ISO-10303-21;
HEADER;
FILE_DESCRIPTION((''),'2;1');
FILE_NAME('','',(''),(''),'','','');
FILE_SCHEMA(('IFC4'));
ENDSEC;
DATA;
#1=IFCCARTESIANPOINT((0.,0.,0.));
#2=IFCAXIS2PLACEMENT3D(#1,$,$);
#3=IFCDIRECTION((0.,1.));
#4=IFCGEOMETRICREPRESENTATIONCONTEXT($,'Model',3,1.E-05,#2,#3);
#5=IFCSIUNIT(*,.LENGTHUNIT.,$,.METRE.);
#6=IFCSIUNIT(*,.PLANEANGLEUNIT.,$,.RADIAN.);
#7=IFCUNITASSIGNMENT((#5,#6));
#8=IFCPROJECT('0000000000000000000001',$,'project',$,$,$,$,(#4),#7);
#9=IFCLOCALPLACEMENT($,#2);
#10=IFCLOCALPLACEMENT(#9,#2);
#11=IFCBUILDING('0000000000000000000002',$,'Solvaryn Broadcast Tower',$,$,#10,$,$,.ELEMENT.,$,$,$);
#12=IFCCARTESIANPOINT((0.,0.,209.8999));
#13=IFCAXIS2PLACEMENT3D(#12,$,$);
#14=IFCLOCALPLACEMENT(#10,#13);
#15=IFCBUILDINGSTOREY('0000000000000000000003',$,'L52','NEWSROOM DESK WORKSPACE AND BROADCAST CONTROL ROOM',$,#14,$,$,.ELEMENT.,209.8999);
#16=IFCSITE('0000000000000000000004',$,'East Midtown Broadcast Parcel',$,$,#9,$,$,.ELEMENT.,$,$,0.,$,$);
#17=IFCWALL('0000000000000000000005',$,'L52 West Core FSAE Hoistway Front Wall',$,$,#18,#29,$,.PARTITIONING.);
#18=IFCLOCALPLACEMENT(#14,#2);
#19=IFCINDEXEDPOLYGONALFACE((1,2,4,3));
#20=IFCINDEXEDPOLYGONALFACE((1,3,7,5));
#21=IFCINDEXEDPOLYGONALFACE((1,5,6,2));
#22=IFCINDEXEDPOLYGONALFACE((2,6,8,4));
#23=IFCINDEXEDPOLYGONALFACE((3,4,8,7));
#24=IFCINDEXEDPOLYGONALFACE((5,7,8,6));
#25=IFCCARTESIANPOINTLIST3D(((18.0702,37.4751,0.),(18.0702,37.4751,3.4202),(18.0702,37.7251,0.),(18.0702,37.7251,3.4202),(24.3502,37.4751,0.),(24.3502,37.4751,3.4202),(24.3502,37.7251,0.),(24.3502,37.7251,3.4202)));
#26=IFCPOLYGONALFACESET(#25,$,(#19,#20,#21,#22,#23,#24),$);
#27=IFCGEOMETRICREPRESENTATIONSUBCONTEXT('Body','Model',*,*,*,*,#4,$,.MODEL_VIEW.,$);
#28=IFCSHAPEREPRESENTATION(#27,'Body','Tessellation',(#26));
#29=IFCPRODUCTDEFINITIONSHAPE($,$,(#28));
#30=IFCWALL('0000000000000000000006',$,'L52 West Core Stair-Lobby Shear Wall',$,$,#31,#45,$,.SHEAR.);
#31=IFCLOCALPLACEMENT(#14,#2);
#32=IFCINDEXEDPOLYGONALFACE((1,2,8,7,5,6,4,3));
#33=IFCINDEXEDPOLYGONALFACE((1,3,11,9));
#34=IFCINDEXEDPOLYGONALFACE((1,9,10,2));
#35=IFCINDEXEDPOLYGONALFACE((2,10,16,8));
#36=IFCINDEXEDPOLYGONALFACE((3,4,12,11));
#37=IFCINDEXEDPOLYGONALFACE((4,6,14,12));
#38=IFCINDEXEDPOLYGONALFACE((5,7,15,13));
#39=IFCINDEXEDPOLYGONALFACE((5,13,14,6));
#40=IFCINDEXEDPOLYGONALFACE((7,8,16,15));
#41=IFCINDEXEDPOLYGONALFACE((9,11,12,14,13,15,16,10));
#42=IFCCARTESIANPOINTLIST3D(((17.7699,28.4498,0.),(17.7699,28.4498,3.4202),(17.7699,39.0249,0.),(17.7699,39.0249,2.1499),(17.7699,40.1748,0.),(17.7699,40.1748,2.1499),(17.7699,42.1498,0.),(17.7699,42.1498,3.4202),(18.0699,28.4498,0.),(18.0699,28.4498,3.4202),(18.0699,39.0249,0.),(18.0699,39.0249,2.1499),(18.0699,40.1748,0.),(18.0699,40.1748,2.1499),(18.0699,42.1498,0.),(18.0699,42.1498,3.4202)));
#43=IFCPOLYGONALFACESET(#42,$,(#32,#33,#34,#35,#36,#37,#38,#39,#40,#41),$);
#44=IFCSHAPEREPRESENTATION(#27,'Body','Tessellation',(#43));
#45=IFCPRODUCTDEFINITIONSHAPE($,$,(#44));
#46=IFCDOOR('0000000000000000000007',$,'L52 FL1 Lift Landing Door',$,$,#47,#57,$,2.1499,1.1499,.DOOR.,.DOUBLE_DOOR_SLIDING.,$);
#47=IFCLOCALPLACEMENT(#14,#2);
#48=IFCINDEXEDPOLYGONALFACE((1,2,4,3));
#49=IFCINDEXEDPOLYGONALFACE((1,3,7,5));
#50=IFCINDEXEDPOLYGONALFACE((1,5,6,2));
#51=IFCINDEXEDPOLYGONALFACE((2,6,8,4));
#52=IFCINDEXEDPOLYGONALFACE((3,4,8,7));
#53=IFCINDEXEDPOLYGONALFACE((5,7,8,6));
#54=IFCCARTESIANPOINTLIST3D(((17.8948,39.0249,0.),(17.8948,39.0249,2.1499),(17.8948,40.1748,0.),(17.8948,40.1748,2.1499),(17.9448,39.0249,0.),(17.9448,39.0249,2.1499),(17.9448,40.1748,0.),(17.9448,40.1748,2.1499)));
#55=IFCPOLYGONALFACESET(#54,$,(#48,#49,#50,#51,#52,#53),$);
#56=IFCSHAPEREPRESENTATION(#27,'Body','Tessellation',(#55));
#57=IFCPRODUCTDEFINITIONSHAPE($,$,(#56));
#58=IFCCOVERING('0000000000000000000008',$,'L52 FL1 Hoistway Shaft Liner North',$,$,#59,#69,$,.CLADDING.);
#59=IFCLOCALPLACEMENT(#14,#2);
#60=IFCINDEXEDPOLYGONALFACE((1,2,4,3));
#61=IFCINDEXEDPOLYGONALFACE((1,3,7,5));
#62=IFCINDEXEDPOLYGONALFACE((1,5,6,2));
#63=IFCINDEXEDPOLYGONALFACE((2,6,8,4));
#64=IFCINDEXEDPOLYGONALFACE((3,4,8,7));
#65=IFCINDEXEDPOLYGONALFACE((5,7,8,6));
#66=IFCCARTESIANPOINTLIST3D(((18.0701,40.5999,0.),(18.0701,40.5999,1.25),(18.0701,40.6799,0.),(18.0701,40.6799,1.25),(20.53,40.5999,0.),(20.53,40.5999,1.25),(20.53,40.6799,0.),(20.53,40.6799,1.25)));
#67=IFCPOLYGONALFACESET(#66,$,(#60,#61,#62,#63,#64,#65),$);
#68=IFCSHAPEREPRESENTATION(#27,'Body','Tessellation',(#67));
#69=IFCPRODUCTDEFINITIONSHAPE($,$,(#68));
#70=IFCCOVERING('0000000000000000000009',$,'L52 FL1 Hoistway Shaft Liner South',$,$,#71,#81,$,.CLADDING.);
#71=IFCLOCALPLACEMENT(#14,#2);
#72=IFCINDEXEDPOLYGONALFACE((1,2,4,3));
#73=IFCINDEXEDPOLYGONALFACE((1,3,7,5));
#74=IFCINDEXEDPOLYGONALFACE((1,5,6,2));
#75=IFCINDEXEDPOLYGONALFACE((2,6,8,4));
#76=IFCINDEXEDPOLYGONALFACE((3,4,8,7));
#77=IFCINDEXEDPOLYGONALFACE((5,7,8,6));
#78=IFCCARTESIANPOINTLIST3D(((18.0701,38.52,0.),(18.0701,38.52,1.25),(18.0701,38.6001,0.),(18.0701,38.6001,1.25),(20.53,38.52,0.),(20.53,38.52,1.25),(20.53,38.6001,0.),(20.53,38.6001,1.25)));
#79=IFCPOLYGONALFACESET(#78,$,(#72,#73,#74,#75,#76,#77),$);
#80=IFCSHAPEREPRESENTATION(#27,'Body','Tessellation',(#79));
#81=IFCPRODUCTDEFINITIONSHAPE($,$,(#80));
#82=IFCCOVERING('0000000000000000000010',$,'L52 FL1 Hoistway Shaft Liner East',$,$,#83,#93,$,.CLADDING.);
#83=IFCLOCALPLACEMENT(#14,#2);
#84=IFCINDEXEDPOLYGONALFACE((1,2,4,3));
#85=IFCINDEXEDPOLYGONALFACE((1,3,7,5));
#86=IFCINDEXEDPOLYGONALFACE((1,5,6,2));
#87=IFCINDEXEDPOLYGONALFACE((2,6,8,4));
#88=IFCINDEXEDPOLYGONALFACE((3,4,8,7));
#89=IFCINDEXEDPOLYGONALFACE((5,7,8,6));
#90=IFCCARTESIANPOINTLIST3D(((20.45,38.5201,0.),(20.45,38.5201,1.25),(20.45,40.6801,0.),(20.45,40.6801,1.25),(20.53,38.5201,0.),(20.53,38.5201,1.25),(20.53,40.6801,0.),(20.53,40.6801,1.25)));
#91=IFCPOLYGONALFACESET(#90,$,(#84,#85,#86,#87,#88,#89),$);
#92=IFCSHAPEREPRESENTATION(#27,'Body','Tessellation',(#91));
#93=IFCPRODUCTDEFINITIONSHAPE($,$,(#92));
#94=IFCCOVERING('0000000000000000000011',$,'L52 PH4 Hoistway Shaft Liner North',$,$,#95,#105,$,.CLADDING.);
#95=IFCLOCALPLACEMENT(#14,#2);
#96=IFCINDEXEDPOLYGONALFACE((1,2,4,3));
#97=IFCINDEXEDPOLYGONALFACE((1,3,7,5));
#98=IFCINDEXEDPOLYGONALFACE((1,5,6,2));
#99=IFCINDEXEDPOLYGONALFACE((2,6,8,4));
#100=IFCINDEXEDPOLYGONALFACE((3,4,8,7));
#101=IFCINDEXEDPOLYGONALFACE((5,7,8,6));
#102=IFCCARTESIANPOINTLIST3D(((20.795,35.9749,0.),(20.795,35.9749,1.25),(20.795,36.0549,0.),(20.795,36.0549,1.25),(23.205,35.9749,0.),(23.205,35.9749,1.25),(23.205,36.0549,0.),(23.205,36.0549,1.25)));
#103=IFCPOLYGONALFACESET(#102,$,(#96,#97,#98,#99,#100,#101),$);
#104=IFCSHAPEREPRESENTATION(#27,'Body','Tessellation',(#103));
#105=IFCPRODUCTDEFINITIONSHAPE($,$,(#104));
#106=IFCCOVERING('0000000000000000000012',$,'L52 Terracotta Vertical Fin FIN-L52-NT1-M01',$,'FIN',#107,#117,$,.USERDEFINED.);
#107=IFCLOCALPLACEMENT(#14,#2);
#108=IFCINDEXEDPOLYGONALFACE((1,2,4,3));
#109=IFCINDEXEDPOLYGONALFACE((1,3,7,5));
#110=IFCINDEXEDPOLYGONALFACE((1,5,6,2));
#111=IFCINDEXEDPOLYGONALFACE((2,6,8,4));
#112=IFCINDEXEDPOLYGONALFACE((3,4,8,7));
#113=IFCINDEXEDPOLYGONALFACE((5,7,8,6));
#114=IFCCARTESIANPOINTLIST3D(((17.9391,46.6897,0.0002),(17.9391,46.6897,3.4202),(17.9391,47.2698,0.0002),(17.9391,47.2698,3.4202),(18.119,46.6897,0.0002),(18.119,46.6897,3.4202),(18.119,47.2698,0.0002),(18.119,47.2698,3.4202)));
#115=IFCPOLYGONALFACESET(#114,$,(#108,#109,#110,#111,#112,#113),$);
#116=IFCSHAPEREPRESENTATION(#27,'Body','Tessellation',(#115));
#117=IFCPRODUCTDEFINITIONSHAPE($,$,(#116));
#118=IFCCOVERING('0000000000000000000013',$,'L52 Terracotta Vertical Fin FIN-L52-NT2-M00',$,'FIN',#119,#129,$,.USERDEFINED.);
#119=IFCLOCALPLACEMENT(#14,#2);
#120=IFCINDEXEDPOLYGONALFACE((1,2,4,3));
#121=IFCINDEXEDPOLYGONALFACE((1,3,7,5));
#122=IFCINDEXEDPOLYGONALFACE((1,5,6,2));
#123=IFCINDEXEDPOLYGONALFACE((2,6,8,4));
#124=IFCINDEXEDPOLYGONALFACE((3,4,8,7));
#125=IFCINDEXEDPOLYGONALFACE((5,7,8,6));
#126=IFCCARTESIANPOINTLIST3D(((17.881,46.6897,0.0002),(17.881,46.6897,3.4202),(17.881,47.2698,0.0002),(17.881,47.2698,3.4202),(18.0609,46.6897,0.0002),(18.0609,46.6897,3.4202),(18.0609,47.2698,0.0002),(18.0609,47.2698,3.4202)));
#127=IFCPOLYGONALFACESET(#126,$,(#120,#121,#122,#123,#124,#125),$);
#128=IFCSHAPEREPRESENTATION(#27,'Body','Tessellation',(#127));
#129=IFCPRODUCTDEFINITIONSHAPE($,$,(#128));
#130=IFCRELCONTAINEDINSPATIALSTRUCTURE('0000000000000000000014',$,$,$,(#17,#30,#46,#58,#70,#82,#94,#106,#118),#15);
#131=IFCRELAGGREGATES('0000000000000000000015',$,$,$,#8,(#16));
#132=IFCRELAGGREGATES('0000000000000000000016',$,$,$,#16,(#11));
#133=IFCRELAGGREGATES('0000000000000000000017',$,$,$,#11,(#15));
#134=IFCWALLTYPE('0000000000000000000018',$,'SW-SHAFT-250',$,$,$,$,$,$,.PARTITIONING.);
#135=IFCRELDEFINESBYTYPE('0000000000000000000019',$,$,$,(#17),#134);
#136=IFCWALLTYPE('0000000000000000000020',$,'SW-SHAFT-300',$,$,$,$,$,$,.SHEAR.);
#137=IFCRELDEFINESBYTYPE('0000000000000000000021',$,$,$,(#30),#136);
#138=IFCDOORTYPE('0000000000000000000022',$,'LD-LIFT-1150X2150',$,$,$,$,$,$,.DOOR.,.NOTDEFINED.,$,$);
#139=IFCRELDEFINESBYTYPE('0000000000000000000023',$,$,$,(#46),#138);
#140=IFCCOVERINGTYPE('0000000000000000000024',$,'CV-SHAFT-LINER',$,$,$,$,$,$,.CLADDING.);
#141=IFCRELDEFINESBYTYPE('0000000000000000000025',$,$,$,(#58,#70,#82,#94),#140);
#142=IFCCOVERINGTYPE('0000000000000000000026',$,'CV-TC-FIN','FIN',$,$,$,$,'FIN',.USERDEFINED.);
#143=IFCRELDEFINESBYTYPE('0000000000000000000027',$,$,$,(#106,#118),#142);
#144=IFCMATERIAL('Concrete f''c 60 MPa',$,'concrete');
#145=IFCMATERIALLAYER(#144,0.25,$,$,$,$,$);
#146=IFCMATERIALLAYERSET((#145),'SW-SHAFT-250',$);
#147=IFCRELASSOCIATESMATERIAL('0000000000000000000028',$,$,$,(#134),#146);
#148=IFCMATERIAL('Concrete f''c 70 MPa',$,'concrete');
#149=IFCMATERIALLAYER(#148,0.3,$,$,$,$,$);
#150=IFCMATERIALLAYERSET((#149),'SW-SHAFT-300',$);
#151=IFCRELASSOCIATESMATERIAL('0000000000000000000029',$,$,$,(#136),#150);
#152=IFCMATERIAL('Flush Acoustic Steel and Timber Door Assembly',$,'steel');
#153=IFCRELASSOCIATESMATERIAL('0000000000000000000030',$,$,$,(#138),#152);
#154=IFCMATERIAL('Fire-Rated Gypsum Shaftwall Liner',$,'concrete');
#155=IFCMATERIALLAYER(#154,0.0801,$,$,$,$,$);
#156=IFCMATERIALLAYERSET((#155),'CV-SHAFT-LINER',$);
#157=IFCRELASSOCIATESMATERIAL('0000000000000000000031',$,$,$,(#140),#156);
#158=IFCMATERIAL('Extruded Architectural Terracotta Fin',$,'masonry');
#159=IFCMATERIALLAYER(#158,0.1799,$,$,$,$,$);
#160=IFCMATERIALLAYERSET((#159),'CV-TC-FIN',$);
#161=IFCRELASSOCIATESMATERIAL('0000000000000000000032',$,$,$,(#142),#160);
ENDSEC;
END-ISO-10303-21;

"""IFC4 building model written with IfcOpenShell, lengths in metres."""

from ifc_helpers import new_model, si_unit, direction, frame, frame_2d, origin, origin_2d, place, context, subcontext, project, spatial, rectangle, extrude, material, layer, layer_set, type_object, element, fill, save


model = new_model("IFC4")

# Units and contexts
model_context = context("Model", 3, precision=1e-05, world=origin(), true_north=direction((0.0, 1.0)))
body_context = subcontext(model_context, "Body", "Model", "MODEL_VIEW")
ifc_project = project(units=[si_unit("LENGTHUNIT", "METRE"), si_unit("PLANEANGLEUNIT", "RADIAN")], contexts=[model_context])

# Site, building, storey
site_placement = place(None, origin())
site = spatial("IfcSite", under=ifc_project, at=site_placement, Name="East Midtown Broadcast Parcel", CompositionType="ELEMENT", RefElevation=0.0)
building_placement = place(site_placement, origin())
building = spatial("IfcBuilding", under=site, at=building_placement, Name="Solvaryn Broadcast Tower", CompositionType="ELEMENT")
storey_placement = place(building_placement, frame((0.0, 0.0, 209.8999)))
storey = spatial("IfcBuildingStorey", under=building, at=storey_placement, Name="L52", Description="NEWSROOM DESK WORKSPACE AND BROADCAST CONTROL ROOM", CompositionType="ELEMENT", Elevation=209.8999)

# Wall
ifc_material_1 = material(Name="Concrete f'c 60 MPa", Category="concrete")
ifc_layer_1 = layer(ifc_material_1, 0.25)
ifc_layer_set_1 = layer_set([ifc_layer_1], Name="SW-SHAFT-250")
wall_type_1 = type_object("IfcWallType", Name="SW-SHAFT-250", PredefinedType="PARTITIONING", material=ifc_layer_set_1)
wall_1_placement = place(storey_placement, frame((18.0701, 37.6001, 0.0), z_axis=(0.0, 0.0, 1.0), x_axis=(1.0, 0.0, 0.0)))
element("IfcWall", 1, at=wall_1_placement, inside=storey, type_object=wall_type_1, Name="L52 West Core FSAE Hoistway Front Wall", PredefinedType="PARTITIONING", context=body_context, shape_type="SweptSolid", body=[
    extrude(rectangle(XDim=6.28, YDim=0.25, at=frame_2d((3.1401, 0.0))), origin(), (0.0, 0.0, 1.0), 3.4202),
])

# Wall, opening, door
ifc_material_2 = material(Name="Concrete f'c 70 MPa", Category="concrete")
ifc_layer_2 = layer(ifc_material_2, 0.3)
ifc_layer_set_2 = layer_set([ifc_layer_2], Name="SW-SHAFT-300")
wall_type_2 = type_object("IfcWallType", Name="SW-SHAFT-300", PredefinedType="SHEAR", material=ifc_layer_set_2)
wall_2_placement = place(storey_placement, frame((17.9199, 42.1499, 0.0), z_axis=(0.0, 0.0, 1.0), x_axis=(0.0, -1.0, 0.0)))
wall_2 = element("IfcWall", 2, at=wall_2_placement, inside=storey, type_object=wall_type_2, Name="L52 West Core Stair-Lobby Shear Wall", PredefinedType="SHEAR", context=body_context, shape_type="SweptSolid", body=[
    extrude(rectangle(XDim=13.7, YDim=0.3, at=frame_2d((6.8501, 0.0))), origin(), (0.0, 0.0, 1.0), 3.4202),
])
opening_1_placement = place(wall_2_placement, frame((1.9751, 0.0, 0.0)))
opening_1 = element("IfcOpeningElement", 3, at=opening_1_placement, cuts=wall_2, PredefinedType="OPENING", context=body_context, shape_type="SweptSolid", body=[
    extrude(rectangle(XDim=1.1499, YDim=2.1499, at=frame_2d((0.575, 1.075))), frame((0.0, 0.1599, 0.0), z_axis=(0.0, -1.0, 0.0), x_axis=(1.0, 0.0, 0.0)), (0.0, 0.0, 1.0), 0.3201),
])
ifc_material_3 = material(Name="Flush Acoustic Steel and Timber Door Assembly", Category="steel")
door_type_1 = type_object("IfcDoorType", Name="LD-LIFT-1150X2150", OperationType="NOTDEFINED", PredefinedType="DOOR", material=ifc_material_3)
door_1_placement = place(opening_1_placement, origin())
door_1 = element("IfcDoor", 4, at=door_1_placement, inside=storey, type_object=door_type_1, Name="L52 FL1 Lift Landing Door", OperationType="DOUBLE_DOOR_SLIDING", OverallHeight=2.1499, OverallWidth=1.1499, PredefinedType="DOOR", context=body_context, shape_type="SweptSolid", body=[
    extrude(rectangle(XDim=1.1499, YDim=2.1499, at=frame_2d((0.575, 1.075))), frame((0.0, 0.0249, 0.0), z_axis=(0.0, -1.0, 0.0), x_axis=(1.0, 0.0, 0.0)), (0.0, 0.0, 1.0), 0.05),
])
fill(opening_1, door_1)

# Coverings
ifc_material_4 = material(Name="Fire-Rated Gypsum Shaftwall Liner", Category="concrete")
ifc_layer_3 = layer(ifc_material_4, 0.0801)
ifc_layer_set_3 = layer_set([ifc_layer_3], Name="CV-SHAFT-LINER")
covering_type_1 = type_object("IfcCoveringType", Name="CV-SHAFT-LINER", PredefinedType="CLADDING", material=ifc_layer_set_3)
for number, where, z_axis, x_axis, name in (
    (5, (19.3, 40.6399, 0.0), (0.0, 0.0, 1.0), (1.0, 0.0, 0.0), "L52 FL1 Hoistway Shaft Liner North"),
    (6, (19.3, 38.5601, 0.0), (0.0, 0.0, 1.0), (1.0, 0.0, 0.0), "L52 FL1 Hoistway Shaft Liner South"),
):
    element("IfcCovering", number, at=place(storey_placement, frame(where, z_axis=z_axis, x_axis=x_axis)), inside=storey, type_object=covering_type_1, Name=name, PredefinedType="CLADDING", context=body_context, shape_type="SweptSolid", body=[
        extrude(rectangle(XDim=2.46, YDim=0.0801, at=origin_2d()), origin(), (0.0, 0.0, 1.0), 1.25),
    ])
covering_1_placement = place(storey_placement, frame((20.49, 39.6001, 0.0), z_axis=(0.0, 0.0, 1.0), x_axis=(1.0, 0.0, 0.0)))
element("IfcCovering", 7, at=covering_1_placement, inside=storey, type_object=covering_type_1, Name="L52 FL1 Hoistway Shaft Liner East", PredefinedType="CLADDING", context=body_context, shape_type="SweptSolid", body=[
    extrude(rectangle(XDim=0.0801, YDim=2.1599, at=origin_2d()), origin(), (0.0, 0.0, 1.0), 1.25),
])
covering_2_placement = place(storey_placement, frame((22.0, 36.0149, 0.0), z_axis=(0.0, 0.0, 1.0), x_axis=(1.0, 0.0, 0.0)))
element("IfcCovering", 8, at=covering_2_placement, inside=storey, type_object=covering_type_1, Name="L52 PH4 Hoistway Shaft Liner North", PredefinedType="CLADDING", context=body_context, shape_type="SweptSolid", body=[
    extrude(rectangle(XDim=2.4099, YDim=0.0801, at=origin_2d()), origin(), (0.0, 0.0, 1.0), 1.25),
])
ifc_material_5 = material(Name="Extruded Architectural Terracotta Fin", Category="masonry")
ifc_layer_4 = layer(ifc_material_5, 0.1799)
ifc_layer_set_4 = layer_set([ifc_layer_4], Name="CV-TC-FIN")
covering_type_2 = type_object("IfcCoveringType", Name="CV-TC-FIN", Description="FIN", ElementType="FIN", PredefinedType="USERDEFINED", material=ifc_layer_set_4)
for number, where, z_axis, x_axis, name in (
    (9, (18.0291, 46.9797, 0.0002), (0.0, 0.0, 1.0), (1.0, 0.0, 0.0), "L52 Terracotta Vertical Fin FIN-L52-NT1-M01"),
    (10, (17.9709, 46.9797, 0.0002), (0.0, 0.0, 1.0), (1.0, 0.0, 0.0), "L52 Terracotta Vertical Fin FIN-L52-NT2-M00"),
):
    element("IfcCovering", number, at=place(storey_placement, frame(where, z_axis=z_axis, x_axis=x_axis)), inside=storey, type_object=covering_type_2, Name=name, ObjectType="FIN", PredefinedType="USERDEFINED", context=body_context, shape_type="SweptSolid", body=[
        extrude(rectangle(XDim=0.1799, YDim=0.5801, at=origin_2d()), origin(), (0.0, 0.0, 1.0), 3.4199),
    ])

save(model, "model.ifc")
